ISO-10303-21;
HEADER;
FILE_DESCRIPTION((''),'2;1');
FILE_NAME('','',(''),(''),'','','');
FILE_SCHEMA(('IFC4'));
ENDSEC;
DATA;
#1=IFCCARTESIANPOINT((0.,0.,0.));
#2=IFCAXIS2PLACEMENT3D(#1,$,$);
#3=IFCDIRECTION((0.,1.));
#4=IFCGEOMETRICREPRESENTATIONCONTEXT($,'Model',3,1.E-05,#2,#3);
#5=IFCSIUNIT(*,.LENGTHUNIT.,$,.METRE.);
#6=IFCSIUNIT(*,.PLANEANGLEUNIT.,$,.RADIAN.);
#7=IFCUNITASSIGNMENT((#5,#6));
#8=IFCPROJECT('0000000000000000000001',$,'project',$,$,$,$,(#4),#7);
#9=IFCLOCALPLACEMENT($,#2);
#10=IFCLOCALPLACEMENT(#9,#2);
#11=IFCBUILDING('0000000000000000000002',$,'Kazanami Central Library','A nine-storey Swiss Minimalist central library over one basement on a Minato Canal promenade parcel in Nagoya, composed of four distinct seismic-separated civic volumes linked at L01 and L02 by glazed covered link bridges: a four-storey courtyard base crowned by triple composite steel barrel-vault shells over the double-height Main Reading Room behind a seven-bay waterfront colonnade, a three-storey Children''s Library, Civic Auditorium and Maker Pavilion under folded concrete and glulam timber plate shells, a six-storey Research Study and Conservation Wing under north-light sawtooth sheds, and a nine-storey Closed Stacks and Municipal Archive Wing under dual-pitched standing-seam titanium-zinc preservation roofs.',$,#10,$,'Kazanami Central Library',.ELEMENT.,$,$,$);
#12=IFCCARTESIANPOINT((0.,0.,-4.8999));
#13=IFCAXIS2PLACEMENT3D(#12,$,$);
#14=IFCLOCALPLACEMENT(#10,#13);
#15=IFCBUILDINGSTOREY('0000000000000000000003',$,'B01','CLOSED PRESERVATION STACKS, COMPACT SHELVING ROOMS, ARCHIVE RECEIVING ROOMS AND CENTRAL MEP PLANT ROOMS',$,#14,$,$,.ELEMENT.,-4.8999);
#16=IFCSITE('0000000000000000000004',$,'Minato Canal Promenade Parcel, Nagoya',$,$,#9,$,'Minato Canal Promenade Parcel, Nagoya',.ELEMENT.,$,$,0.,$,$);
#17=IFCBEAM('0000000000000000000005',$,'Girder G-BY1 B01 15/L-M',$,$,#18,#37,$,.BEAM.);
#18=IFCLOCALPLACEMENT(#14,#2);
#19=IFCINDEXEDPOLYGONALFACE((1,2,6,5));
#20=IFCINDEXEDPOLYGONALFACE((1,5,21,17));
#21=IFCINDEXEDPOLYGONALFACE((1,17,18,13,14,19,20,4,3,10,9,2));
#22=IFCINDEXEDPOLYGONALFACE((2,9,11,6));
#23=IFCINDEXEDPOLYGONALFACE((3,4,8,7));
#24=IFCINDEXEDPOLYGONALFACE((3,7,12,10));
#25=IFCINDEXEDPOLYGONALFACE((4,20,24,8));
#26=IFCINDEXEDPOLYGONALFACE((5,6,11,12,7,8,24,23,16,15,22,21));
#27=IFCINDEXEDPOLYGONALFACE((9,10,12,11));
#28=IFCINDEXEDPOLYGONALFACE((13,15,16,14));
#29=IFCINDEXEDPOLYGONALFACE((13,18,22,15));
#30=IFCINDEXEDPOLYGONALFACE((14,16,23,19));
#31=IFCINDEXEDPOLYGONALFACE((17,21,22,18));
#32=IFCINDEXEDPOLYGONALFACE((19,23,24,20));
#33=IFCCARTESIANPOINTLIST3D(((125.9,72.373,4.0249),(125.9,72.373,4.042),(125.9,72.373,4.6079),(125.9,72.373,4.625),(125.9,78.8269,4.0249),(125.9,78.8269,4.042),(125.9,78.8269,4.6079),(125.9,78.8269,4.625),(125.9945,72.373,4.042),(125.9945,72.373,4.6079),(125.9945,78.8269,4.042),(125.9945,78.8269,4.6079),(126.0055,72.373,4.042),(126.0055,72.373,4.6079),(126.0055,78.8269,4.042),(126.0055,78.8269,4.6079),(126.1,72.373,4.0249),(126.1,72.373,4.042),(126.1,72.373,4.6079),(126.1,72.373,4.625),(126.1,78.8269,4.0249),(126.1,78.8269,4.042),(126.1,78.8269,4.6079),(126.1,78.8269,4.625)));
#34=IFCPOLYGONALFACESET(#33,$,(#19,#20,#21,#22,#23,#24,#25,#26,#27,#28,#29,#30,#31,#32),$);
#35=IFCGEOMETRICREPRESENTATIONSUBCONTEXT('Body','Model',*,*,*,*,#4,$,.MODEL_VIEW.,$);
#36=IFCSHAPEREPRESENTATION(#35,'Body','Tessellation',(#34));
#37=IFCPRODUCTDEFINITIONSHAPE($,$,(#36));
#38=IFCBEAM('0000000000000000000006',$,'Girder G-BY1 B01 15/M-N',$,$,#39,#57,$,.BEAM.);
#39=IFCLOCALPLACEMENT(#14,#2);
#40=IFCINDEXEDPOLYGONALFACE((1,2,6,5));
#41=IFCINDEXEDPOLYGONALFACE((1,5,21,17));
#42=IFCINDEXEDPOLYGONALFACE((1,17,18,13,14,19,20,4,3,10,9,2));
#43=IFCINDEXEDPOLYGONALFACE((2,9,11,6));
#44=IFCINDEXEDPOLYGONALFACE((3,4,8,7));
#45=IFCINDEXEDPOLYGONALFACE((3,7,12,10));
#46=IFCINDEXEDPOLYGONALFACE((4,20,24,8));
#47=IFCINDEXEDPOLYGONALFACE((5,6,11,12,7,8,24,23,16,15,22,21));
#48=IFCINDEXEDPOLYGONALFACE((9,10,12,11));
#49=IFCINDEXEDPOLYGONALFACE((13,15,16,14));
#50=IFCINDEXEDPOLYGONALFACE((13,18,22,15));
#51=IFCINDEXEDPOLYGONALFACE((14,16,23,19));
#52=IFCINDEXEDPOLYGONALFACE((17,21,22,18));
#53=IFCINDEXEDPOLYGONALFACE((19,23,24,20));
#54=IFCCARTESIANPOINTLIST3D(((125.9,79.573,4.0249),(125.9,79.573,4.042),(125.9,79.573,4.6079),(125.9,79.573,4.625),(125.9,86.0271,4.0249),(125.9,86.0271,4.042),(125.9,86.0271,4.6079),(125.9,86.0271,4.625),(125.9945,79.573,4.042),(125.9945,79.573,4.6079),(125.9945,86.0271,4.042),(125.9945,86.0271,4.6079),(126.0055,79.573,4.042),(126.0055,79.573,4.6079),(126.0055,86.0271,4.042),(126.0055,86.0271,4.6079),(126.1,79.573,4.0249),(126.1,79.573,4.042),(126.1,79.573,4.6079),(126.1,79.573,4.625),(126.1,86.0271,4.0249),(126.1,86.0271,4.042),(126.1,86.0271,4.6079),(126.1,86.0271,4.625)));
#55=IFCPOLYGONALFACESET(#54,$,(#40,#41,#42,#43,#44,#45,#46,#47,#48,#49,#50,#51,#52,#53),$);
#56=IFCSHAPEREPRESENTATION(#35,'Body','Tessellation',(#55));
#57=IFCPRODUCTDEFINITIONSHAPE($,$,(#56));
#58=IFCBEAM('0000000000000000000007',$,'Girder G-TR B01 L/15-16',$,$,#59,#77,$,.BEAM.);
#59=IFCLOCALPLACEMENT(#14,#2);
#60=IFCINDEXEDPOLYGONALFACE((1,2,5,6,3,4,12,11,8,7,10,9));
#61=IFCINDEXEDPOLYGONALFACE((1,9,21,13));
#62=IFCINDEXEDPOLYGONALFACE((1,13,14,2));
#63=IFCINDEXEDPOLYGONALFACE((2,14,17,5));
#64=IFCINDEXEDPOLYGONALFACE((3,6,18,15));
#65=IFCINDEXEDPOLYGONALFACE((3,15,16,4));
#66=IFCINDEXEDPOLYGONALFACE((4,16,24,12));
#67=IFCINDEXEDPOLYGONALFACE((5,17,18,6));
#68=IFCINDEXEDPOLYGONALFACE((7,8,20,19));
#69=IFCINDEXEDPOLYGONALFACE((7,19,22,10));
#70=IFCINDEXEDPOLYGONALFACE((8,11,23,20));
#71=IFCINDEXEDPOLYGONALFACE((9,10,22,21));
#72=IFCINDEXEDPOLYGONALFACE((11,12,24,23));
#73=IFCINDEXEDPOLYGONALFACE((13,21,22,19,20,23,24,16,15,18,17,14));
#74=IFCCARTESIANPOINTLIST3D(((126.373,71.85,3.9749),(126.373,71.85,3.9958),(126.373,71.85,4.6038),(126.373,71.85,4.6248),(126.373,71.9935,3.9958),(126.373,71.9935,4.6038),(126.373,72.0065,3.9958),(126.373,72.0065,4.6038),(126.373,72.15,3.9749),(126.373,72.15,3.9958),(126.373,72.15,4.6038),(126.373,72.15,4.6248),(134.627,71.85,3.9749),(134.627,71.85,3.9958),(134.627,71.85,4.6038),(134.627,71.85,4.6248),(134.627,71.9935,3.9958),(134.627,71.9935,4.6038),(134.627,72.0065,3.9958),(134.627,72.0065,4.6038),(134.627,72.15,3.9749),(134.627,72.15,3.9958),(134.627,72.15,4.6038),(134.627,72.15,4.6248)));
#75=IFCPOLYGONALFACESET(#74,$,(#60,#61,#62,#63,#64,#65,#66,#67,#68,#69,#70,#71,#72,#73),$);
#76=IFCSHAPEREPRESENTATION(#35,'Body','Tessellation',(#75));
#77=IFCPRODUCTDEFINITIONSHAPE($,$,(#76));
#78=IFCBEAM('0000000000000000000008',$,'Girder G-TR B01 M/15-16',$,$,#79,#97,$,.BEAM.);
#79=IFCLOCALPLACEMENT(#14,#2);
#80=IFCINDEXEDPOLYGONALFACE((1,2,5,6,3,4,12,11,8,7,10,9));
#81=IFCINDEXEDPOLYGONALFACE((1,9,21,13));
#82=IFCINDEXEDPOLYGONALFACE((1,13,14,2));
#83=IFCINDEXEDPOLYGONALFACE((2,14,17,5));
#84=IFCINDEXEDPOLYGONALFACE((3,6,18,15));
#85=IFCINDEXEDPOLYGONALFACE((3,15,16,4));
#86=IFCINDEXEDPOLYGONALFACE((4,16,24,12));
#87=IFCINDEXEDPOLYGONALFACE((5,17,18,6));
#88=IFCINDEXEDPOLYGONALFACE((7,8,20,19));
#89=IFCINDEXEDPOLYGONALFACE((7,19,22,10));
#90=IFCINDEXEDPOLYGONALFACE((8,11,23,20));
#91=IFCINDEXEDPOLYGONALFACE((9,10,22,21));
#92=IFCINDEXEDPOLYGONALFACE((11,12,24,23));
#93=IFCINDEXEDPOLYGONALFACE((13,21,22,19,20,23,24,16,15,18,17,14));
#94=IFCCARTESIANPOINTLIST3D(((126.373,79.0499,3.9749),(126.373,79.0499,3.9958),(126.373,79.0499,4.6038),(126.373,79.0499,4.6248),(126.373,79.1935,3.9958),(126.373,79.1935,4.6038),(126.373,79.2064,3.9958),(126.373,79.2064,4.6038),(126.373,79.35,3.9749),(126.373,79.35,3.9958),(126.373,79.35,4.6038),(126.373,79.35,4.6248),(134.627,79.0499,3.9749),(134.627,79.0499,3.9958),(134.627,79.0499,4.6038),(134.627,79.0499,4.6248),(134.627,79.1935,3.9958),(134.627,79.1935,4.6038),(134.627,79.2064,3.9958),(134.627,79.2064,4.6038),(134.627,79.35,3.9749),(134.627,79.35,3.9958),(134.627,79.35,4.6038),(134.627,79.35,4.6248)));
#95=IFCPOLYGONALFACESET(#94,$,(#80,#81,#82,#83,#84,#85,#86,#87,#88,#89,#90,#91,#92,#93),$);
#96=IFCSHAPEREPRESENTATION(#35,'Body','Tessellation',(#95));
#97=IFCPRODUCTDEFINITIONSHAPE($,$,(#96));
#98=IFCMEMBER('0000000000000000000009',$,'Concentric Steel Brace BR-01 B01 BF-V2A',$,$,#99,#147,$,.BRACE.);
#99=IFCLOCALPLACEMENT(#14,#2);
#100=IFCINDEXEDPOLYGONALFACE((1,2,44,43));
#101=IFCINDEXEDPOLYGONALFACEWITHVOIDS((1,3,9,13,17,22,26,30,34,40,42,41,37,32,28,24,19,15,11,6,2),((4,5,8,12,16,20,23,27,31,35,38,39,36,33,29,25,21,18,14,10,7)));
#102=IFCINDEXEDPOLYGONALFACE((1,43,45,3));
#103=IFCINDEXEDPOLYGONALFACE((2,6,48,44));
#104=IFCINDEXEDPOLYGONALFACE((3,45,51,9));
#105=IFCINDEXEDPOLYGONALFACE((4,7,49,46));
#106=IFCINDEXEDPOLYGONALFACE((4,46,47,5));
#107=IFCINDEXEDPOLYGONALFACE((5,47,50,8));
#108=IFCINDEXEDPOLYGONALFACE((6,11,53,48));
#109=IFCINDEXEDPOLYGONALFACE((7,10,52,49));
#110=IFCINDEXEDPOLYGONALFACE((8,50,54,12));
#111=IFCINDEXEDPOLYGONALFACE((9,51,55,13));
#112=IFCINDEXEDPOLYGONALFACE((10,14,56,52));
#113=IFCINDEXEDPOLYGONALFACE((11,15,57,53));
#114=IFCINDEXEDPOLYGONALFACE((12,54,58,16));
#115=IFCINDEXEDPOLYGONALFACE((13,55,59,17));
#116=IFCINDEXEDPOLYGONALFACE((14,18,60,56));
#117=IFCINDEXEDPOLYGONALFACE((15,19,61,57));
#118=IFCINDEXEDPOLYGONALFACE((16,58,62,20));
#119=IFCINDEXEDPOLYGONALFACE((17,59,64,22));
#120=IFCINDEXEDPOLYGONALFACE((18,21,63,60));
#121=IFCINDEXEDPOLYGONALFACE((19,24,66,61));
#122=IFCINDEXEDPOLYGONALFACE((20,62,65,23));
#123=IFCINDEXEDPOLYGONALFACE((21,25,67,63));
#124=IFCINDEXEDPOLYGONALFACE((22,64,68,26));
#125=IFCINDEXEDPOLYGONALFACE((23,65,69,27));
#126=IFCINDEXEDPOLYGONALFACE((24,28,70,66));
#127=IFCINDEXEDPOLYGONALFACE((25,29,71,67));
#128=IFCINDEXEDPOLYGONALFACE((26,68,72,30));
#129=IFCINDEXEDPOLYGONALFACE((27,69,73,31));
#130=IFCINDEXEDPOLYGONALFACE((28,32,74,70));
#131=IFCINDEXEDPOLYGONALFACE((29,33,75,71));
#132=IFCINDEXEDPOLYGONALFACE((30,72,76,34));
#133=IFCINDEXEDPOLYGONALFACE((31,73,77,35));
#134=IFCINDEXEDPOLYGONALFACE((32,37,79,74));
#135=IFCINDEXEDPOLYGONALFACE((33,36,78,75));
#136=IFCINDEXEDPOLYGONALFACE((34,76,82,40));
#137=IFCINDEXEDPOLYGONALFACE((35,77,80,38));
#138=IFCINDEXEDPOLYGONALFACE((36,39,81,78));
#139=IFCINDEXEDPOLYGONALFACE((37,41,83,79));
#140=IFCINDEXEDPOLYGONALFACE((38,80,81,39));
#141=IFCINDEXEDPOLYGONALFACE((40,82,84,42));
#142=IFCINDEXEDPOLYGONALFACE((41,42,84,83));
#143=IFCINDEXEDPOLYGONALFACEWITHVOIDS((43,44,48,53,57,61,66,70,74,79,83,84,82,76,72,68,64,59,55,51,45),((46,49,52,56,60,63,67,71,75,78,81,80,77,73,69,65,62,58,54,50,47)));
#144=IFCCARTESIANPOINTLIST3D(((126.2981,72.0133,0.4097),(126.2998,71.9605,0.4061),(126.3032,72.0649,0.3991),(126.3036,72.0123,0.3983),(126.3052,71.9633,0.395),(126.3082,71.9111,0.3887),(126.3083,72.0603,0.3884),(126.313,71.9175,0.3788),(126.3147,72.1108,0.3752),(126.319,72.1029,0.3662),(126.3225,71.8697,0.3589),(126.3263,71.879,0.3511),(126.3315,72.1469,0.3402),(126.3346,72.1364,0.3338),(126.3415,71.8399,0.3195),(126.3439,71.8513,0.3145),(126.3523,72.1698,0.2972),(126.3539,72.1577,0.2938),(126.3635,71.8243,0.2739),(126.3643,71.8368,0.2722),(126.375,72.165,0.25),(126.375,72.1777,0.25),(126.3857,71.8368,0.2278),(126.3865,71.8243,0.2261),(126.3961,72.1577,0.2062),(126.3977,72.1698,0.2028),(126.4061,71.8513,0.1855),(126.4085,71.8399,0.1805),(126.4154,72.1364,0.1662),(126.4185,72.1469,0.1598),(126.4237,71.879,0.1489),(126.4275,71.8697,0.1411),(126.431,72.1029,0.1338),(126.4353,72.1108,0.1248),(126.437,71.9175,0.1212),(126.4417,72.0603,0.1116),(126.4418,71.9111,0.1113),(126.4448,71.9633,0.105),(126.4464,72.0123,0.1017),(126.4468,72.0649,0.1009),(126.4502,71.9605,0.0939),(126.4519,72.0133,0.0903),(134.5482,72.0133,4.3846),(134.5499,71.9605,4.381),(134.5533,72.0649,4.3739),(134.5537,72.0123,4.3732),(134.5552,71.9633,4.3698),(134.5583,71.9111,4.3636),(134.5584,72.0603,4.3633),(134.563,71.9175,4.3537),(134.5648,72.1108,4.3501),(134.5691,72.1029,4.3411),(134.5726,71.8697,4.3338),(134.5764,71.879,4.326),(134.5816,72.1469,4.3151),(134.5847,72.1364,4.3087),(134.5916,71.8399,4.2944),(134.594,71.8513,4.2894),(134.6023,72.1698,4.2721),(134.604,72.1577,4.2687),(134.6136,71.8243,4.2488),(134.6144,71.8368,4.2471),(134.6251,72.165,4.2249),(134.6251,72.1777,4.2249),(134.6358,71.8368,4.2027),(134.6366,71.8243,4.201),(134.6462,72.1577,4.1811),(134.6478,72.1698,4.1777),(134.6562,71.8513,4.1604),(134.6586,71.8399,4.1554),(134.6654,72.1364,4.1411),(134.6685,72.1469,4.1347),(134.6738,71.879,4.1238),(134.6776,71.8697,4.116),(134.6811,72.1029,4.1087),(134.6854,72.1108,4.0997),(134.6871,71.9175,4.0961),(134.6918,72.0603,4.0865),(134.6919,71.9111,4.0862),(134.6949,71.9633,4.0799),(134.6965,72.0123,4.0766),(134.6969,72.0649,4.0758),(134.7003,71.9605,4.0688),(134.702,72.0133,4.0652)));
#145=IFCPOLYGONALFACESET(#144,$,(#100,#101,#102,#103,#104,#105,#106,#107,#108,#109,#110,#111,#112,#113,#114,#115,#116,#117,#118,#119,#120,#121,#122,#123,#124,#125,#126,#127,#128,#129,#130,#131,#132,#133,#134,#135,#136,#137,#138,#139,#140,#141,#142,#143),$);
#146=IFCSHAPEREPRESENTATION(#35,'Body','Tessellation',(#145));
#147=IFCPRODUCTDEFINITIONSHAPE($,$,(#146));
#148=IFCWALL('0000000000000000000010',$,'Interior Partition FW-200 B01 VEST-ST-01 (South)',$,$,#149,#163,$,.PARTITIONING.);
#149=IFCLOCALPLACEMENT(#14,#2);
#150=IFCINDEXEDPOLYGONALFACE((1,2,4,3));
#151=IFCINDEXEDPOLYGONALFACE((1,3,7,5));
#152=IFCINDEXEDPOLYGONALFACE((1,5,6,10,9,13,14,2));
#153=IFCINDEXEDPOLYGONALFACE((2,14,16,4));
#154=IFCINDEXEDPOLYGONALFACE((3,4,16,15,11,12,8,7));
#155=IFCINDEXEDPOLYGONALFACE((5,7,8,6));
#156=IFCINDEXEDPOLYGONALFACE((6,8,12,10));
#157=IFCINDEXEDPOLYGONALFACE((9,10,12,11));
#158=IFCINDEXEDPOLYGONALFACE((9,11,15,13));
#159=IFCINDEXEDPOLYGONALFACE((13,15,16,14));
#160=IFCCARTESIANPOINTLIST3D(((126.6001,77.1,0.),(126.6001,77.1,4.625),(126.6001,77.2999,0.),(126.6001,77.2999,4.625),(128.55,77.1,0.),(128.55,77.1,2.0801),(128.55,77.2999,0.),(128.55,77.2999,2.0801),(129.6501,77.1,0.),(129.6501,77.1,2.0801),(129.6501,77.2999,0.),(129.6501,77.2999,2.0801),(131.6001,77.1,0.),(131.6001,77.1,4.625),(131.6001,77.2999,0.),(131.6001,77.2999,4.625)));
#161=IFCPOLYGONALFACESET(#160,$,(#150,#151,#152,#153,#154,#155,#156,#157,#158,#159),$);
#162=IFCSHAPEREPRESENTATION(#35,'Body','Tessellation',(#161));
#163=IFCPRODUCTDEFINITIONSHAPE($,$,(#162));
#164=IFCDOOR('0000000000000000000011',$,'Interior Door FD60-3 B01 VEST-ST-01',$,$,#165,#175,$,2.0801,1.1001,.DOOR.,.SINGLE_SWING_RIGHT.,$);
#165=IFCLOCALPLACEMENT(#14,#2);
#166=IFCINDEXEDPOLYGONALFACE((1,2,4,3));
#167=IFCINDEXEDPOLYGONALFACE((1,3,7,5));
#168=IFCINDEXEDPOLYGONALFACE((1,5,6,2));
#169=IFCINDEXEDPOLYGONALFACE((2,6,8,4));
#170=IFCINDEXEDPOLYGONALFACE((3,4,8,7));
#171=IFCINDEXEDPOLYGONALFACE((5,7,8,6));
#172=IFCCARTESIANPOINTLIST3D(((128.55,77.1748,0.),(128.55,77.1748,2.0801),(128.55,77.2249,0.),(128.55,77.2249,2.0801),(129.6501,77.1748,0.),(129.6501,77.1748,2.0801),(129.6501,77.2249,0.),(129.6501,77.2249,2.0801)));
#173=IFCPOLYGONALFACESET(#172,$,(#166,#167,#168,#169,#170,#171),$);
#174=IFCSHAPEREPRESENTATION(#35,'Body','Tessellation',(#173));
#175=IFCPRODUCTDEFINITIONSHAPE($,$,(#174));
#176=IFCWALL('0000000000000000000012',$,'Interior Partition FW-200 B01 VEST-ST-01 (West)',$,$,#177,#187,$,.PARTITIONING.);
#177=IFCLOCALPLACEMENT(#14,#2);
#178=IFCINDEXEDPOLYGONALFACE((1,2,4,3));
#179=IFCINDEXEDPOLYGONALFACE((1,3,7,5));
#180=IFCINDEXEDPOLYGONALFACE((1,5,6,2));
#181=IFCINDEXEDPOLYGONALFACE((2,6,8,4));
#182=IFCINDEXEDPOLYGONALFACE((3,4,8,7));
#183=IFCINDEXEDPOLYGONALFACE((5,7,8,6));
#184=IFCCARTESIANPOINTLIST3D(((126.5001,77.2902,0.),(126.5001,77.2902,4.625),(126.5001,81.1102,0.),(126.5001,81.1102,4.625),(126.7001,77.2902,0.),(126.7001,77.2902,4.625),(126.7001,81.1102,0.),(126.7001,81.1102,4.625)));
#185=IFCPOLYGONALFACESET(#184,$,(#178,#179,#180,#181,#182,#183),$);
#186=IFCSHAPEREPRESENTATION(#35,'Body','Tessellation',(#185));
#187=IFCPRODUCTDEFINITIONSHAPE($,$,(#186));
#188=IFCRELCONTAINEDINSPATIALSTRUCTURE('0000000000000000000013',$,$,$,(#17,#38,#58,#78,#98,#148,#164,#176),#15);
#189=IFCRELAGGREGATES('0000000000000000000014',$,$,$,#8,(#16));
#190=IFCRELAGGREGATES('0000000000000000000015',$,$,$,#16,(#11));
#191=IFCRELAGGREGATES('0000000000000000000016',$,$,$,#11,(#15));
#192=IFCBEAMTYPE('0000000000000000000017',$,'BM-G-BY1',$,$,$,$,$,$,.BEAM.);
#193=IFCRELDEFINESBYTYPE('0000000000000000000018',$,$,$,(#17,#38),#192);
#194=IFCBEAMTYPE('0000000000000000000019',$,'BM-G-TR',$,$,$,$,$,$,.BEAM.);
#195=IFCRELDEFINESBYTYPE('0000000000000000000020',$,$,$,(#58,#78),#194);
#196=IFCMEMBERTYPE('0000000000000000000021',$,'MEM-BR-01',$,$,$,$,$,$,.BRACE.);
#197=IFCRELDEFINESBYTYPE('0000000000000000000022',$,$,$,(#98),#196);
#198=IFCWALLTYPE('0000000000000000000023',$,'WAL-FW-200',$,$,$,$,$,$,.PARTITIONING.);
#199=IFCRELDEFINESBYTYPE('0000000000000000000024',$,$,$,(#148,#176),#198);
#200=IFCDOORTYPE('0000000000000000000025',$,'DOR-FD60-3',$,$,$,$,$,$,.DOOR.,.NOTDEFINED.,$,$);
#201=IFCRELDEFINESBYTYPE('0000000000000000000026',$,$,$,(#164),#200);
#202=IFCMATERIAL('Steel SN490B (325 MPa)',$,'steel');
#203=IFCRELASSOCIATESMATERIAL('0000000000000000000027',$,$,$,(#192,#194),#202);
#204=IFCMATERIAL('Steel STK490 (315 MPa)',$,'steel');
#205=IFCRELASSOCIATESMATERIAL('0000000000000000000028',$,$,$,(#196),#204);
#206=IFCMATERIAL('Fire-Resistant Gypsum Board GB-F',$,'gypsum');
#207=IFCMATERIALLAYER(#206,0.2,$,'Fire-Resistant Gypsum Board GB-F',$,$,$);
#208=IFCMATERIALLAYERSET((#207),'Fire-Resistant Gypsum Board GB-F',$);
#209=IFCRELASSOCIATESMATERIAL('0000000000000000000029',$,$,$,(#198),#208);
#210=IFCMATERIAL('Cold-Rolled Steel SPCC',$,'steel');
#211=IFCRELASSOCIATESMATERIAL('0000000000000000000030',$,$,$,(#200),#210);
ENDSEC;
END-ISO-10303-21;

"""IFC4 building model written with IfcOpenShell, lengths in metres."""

from ifc_helpers import new_model, si_unit, direction, frame, frame_2d, origin, origin_2d, place, context, subcontext, project, spatial, rectangle, hollow_circle, i_section, extrude, material, layer, layer_set, material_profile, profile_set, type_object, element, fill, save


model = new_model("IFC4")

# Units and contexts
model_context = context("Model", 3, precision=1e-05, world=origin(), true_north=direction((0.0, 1.0)))
body_context = subcontext(model_context, "Body", "Model", "MODEL_VIEW")
ifc_project = project(units=[si_unit("LENGTHUNIT", "METRE"), si_unit("PLANEANGLEUNIT", "RADIAN")], contexts=[model_context])

# Site, building, storey
site_placement = place(None, origin())
site = spatial("IfcSite", under=ifc_project, at=site_placement, Name="Minato Canal Promenade Parcel, Nagoya", LongName="Minato Canal Promenade Parcel, Nagoya", CompositionType="ELEMENT", RefElevation=0.0)
building_placement = place(site_placement, origin())
building = spatial("IfcBuilding", under=site, at=building_placement, Name="Kazanami Central Library", Description="A nine-storey Swiss Minimalist central library over one basement on a Minato Canal promenade parcel in Nagoya, composed of four distinct seismic-separated civic volumes linked at L01 and L02 by glazed covered link bridges: a four-storey courtyard base crowned by triple composite steel barrel-vault shells over the double-height Main Reading Room behind a seven-bay waterfront colonnade, a three-storey Children's Library, Civic Auditorium and Maker Pavilion under folded concrete and glulam timber plate shells, a six-storey Research Study and Conservation Wing under north-light sawtooth sheds, and a nine-storey Closed Stacks and Municipal Archive Wing under dual-pitched standing-seam titanium-zinc preservation roofs.", LongName="Kazanami Central Library", CompositionType="ELEMENT")
storey_placement = place(building_placement, frame((0.0, 0.0, -4.8999)))
storey = spatial("IfcBuildingStorey", under=building, at=storey_placement, Name="B01", Description="CLOSED PRESERVATION STACKS, COMPACT SHELVING ROOMS, ARCHIVE RECEIVING ROOMS AND CENTRAL MEP PLANT ROOMS", CompositionType="ELEMENT", Elevation=-4.8999)

# Beams
ifc_material_1 = material(Name="Steel SN490B (325 MPa)", Category="steel")
ifc_material_profile_1 = material_profile(ifc_material_1, i_section(OverallWidth=0.2, OverallDepth=0.6001, WebThickness=0.011, FlangeThickness=0.0171, at=origin_2d()), Name="H-600x200x11x17")
ifc_profile_set_1 = profile_set([ifc_material_profile_1], Name="Steel SN490B (325 MPa)")
beam_type_1 = type_object("IfcBeamType", Name="BM-G-BY1", PredefinedType="BEAM", material=ifc_profile_set_1)
beam_1_placement = place(storey_placement, frame((126.0, 72.373, 4.325), z_axis=(0.0, 1.0, 0.0), x_axis=(-1.0, 0.0, 0.0)))
element("IfcBeam", 1, at=beam_1_placement, inside=storey, type_object=beam_type_1, Name="Girder G-BY1 B01 15/L-M", PredefinedType="BEAM", context=body_context, shape_type="SweptSolid", body=[
    extrude(i_section(OverallWidth=0.2, OverallDepth=0.6001, WebThickness=0.011, FlangeThickness=0.0171, at=origin_2d()), origin(), (0.0, 0.0, 1.0), 6.4539),
])
beam_2_placement = place(storey_placement, frame((126.0, 79.573, 4.325), z_axis=(0.0, 1.0, 0.0), x_axis=(-1.0, 0.0, 0.0)))
element("IfcBeam", 2, at=beam_2_placement, inside=storey, type_object=beam_type_1, Name="Girder G-BY1 B01 15/M-N", PredefinedType="BEAM", context=body_context, shape_type="SweptSolid", body=[
    extrude(i_section(OverallWidth=0.2, OverallDepth=0.6001, WebThickness=0.011, FlangeThickness=0.0171, at=origin_2d()), origin(), (0.0, 0.0, 1.0), 6.4541),
])
ifc_material_profile_2 = material_profile(ifc_material_1, i_section(OverallWidth=0.3, OverallDepth=0.6499, WebThickness=0.0129, FlangeThickness=0.021, at=origin_2d()), Name="H-650x300x13x21")
ifc_profile_set_2 = profile_set([ifc_material_profile_2], Name="Steel SN490B (325 MPa)")
beam_type_2 = type_object("IfcBeamType", Name="BM-G-TR", PredefinedType="BEAM", material=ifc_profile_set_2)
for number, where, z_axis, x_axis, name in (
    (3, (126.373, 72.0, 4.2998), (1.0, 0.0, 0.0), (0.0, 1.0, 0.0), "Girder G-TR B01 L/15-16"),
    (4, (126.373, 79.2, 4.2998), (1.0, 0.0, 0.0), (0.0, 1.0, 0.0), "Girder G-TR B01 M/15-16"),
):
    element("IfcBeam", number, at=place(storey_placement, frame(where, z_axis=z_axis, x_axis=x_axis)), inside=storey, type_object=beam_type_2, Name=name, PredefinedType="BEAM", context=body_context, shape_type="SweptSolid", body=[
        extrude(i_section(OverallWidth=0.3, OverallDepth=0.6499, WebThickness=0.0129, FlangeThickness=0.021, at=origin_2d()), origin(), (0.0, 0.0, 1.0), 8.2539),
    ])

# Member
ifc_material_2 = material(Name="Steel STK490 (315 MPa)", Category="steel")
ifc_material_profile_3 = material_profile(ifc_material_2, hollow_circle(Radius=0.1777, WallThickness=0.0127, at=origin_2d()), Name="CHS-355.6x12.7")
ifc_profile_set_3 = profile_set([ifc_material_profile_3], Name="Steel STK490 (315 MPa)")
member_type = type_object("IfcMemberType", Name="MEM-BR-01", PredefinedType="BRACE", material=ifc_profile_set_3)
member_placement = place(storey_placement, frame((126.375, 72.0, 0.25), z_axis=(0.900889, 0.0, 0.434049), x_axis=(0.0, 1.0, 0.0)))
element("IfcMember", 5, at=member_placement, inside=storey, type_object=member_type, Name="Concentric Steel Brace BR-01 B01 BF-V2A", PredefinedType="BRACE", context=body_context, shape_type="SweptSolid", body=[
    extrude(hollow_circle(Radius=0.1777, WallThickness=0.0127, at=origin_2d()), origin(), (0.0, 0.0, 1.0), 9.1577),
])

# Wall, opening, door
ifc_material_3 = material(Name="Fire-Resistant Gypsum Board GB-F", Category="gypsum")
ifc_layer = layer(ifc_material_3, 0.2, Name="Fire-Resistant Gypsum Board GB-F")
ifc_layer_set = layer_set([ifc_layer], Name="Fire-Resistant Gypsum Board GB-F")
wall_type = type_object("IfcWallType", Name="WAL-FW-200", PredefinedType="PARTITIONING", material=ifc_layer_set)
wall_placement = place(storey_placement, frame((126.6001, 77.2, 0.0), z_axis=(0.0, 0.0, 1.0), x_axis=(1.0, 0.0, 0.0)))
wall = element("IfcWall", 6, at=wall_placement, inside=storey, type_object=wall_type, Name="Interior Partition FW-200 B01 VEST-ST-01 (South)", PredefinedType="PARTITIONING", context=body_context, shape_type="SweptSolid", body=[
    extrude(rectangle(XDim=5.0, YDim=0.2, at=frame_2d((2.5, 0.0))), origin(), (0.0, 0.0, 1.0), 4.625),
])
opening_placement = place(wall_placement, frame((1.95, 0.0, 0.0)))
opening = element("IfcOpeningElement", 7, at=opening_placement, cuts=wall, PredefinedType="OPENING", context=body_context, shape_type="SweptSolid", body=[
    extrude(rectangle(XDim=1.1001, YDim=2.0801, at=frame_2d((0.55, 1.04))), frame((0.0, 0.1118, 0.0), z_axis=(0.0, -1.0, 0.0), x_axis=(1.0, 0.0, 0.0)), (0.0, 0.0, 1.0), 0.2239),
])
ifc_material_4 = material(Name="Cold-Rolled Steel SPCC", Category="steel")
door_type = type_object("IfcDoorType", Name="DOR-FD60-3", OperationType="NOTDEFINED", PredefinedType="DOOR", material=ifc_material_4)
door_placement = place(opening_placement, origin())
door = element("IfcDoor", 8, at=door_placement, inside=storey, type_object=door_type, Name="Interior Door FD60-3 B01 VEST-ST-01", OperationType="SINGLE_SWING_RIGHT", OverallHeight=2.0801, OverallWidth=1.1001, PredefinedType="DOOR", context=body_context, shape_type="SweptSolid", body=[
    extrude(rectangle(XDim=1.1001, YDim=2.0801, at=frame_2d((0.55, 1.04))), frame((0.0, 0.0249, 0.0), z_axis=(0.0, -1.0, 0.0), x_axis=(1.0, 0.0, 0.0)), (0.0, 0.0, 1.0), 0.05),
])
fill(opening, door)

# Wall
for number, where, z_axis, x_axis, name in (
    (9, (126.6001, 77.29, 0.0), (0.0, 0.0, 1.0), (0.0, 1.0, 0.0), "Interior Partition FW-200 B01 VEST-ST-01 (West)"),
):
    element("IfcWall", number, at=place(storey_placement, frame(where, z_axis=z_axis, x_axis=x_axis)), inside=storey, type_object=wall_type, Name=name, PredefinedType="PARTITIONING", context=body_context, shape_type="SweptSolid", body=[
        extrude(rectangle(XDim=3.8201, YDim=0.2, at=frame_2d((1.9102, 0.0))), origin(), (0.0, 0.0, 1.0), 4.625),
    ])

save(model, "model.ifc")
